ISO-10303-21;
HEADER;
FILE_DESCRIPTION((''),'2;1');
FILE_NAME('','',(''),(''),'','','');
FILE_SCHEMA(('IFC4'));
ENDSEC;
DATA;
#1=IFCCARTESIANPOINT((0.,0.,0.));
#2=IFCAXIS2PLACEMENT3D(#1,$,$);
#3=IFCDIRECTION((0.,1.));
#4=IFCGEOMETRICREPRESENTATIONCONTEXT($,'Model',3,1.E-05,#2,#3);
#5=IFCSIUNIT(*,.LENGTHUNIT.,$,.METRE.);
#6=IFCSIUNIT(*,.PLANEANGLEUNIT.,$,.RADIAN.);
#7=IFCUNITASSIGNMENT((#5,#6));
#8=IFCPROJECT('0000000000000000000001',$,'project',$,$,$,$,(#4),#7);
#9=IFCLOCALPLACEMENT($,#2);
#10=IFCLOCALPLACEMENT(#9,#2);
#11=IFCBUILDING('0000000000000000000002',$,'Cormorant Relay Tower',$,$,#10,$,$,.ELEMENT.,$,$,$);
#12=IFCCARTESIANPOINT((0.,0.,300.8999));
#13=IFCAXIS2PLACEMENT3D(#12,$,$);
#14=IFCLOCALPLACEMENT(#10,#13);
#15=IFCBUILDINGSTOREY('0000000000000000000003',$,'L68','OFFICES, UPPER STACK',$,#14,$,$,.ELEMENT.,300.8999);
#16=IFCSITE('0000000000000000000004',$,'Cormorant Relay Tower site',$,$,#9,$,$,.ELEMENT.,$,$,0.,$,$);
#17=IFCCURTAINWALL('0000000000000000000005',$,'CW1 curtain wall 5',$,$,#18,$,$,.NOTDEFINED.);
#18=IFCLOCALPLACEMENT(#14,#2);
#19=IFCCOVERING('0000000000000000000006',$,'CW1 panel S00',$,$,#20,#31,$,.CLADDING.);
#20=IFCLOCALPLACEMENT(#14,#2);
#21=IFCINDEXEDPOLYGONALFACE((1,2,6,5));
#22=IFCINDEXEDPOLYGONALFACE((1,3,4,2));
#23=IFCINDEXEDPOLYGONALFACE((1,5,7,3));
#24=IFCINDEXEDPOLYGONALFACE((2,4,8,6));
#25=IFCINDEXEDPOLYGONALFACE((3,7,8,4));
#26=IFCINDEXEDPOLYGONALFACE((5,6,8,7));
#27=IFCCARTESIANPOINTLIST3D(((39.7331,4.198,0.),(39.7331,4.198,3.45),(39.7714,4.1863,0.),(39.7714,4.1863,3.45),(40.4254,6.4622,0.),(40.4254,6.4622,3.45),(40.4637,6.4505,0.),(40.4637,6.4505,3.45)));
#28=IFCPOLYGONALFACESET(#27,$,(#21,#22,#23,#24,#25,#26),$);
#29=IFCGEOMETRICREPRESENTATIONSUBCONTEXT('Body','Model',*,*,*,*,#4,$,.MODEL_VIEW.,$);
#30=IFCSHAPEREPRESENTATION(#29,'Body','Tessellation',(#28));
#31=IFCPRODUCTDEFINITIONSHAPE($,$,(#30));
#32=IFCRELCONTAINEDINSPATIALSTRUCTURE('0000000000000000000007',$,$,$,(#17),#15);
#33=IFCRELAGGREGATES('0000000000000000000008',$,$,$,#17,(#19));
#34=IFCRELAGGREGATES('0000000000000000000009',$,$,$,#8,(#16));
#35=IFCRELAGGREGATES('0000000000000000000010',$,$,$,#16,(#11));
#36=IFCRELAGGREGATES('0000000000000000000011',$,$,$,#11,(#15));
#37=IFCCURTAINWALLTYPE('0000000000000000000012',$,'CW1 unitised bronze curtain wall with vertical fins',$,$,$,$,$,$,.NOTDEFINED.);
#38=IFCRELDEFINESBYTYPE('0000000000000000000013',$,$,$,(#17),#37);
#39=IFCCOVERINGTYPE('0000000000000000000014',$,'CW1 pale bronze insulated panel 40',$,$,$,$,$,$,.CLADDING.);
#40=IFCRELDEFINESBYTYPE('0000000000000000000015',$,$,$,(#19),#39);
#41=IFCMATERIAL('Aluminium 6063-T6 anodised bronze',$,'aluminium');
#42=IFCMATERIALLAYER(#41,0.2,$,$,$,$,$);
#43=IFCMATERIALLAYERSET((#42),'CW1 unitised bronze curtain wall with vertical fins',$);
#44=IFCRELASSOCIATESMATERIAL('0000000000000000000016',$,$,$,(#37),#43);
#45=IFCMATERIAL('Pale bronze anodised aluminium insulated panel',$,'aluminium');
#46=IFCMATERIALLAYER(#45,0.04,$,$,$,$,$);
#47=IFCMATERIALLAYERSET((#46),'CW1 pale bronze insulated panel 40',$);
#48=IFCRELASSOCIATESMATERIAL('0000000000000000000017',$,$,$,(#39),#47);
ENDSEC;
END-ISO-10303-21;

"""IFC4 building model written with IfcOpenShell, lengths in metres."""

from ifc_helpers import new_model, si_unit, direction, frame, origin, origin_2d, place, context, subcontext, project, spatial, rectangle, extrude, material, layer, layer_set, type_object, element, aggregate, save


model = new_model("IFC4")

# Units and contexts
model_context = context("Model", 3, precision=1e-05, world=origin(), true_north=direction((0.0, 1.0)))
body_context = subcontext(model_context, "Body", "Model", "MODEL_VIEW")
ifc_project = project(units=[si_unit("LENGTHUNIT", "METRE"), si_unit("PLANEANGLEUNIT", "RADIAN")], contexts=[model_context])

# Site, building, storey
site_placement = place(None, origin())
site = spatial("IfcSite", under=ifc_project, at=site_placement, Name="Cormorant Relay Tower site", CompositionType="ELEMENT", RefElevation=0.0)
building_placement = place(site_placement, origin())
building = spatial("IfcBuilding", under=site, at=building_placement, Name="Cormorant Relay Tower", CompositionType="ELEMENT")
storey_placement = place(building_placement, frame((0.0, 0.0, 300.8999)))
storey = spatial("IfcBuildingStorey", under=building, at=storey_placement, Name="L68", Description="OFFICES, UPPER STACK", CompositionType="ELEMENT", Elevation=300.8999)

# Shared definitions
ifc_material_1 = material(Name="Aluminium 6063-T6 anodised bronze", Category="aluminium")
ifc_layer_1 = layer(ifc_material_1, 0.2)
ifc_layer_set_1 = layer_set([ifc_layer_1], Name="CW1 unitised bronze curtain wall with vertical fins")
curtain_wall_type = type_object("IfcCurtainWallType", Name="CW1 unitised bronze curtain wall with vertical fins", PredefinedType="NOTDEFINED", material=ifc_layer_set_1)

# Curtain wall
curtain_wall_1_placement = place(storey_placement, origin())
curtain_wall_1 = element("IfcCurtainWall", 1, at=curtain_wall_1_placement, inside=storey, type_object=curtain_wall_type, Name="CW1 curtain wall 5", PredefinedType="NOTDEFINED")

# Covering
ifc_material_2 = material(Name="Pale bronze anodised aluminium insulated panel", Category="aluminium")
ifc_layer_2 = layer(ifc_material_2, 0.04)
ifc_layer_set_2 = layer_set([ifc_layer_2], Name="CW1 pale bronze insulated panel 40")
covering_type = type_object("IfcCoveringType", Name="CW1 pale bronze insulated panel 40", PredefinedType="CLADDING", material=ifc_layer_set_2)
covering_1_placement = place(storey_placement, frame((40.0984, 5.3242, 0.0), z_axis=(0.0, 0.0, 1.0), x_axis=(0.292372, 0.956305, 0.0)))
covering_1 = element("IfcCovering", 2, at=covering_1_placement, type_object=covering_type, Name="CW1 panel S00", PredefinedType="CLADDING", context=body_context, shape_type="SweptSolid", body=[
    extrude(rectangle(XDim=2.3677, YDim=0.04, at=origin_2d()), origin(), (0.0, 0.0, 1.0), 3.45),
])
aggregate(curtain_wall_1, [covering_1])

save(model, "model.ifc")
